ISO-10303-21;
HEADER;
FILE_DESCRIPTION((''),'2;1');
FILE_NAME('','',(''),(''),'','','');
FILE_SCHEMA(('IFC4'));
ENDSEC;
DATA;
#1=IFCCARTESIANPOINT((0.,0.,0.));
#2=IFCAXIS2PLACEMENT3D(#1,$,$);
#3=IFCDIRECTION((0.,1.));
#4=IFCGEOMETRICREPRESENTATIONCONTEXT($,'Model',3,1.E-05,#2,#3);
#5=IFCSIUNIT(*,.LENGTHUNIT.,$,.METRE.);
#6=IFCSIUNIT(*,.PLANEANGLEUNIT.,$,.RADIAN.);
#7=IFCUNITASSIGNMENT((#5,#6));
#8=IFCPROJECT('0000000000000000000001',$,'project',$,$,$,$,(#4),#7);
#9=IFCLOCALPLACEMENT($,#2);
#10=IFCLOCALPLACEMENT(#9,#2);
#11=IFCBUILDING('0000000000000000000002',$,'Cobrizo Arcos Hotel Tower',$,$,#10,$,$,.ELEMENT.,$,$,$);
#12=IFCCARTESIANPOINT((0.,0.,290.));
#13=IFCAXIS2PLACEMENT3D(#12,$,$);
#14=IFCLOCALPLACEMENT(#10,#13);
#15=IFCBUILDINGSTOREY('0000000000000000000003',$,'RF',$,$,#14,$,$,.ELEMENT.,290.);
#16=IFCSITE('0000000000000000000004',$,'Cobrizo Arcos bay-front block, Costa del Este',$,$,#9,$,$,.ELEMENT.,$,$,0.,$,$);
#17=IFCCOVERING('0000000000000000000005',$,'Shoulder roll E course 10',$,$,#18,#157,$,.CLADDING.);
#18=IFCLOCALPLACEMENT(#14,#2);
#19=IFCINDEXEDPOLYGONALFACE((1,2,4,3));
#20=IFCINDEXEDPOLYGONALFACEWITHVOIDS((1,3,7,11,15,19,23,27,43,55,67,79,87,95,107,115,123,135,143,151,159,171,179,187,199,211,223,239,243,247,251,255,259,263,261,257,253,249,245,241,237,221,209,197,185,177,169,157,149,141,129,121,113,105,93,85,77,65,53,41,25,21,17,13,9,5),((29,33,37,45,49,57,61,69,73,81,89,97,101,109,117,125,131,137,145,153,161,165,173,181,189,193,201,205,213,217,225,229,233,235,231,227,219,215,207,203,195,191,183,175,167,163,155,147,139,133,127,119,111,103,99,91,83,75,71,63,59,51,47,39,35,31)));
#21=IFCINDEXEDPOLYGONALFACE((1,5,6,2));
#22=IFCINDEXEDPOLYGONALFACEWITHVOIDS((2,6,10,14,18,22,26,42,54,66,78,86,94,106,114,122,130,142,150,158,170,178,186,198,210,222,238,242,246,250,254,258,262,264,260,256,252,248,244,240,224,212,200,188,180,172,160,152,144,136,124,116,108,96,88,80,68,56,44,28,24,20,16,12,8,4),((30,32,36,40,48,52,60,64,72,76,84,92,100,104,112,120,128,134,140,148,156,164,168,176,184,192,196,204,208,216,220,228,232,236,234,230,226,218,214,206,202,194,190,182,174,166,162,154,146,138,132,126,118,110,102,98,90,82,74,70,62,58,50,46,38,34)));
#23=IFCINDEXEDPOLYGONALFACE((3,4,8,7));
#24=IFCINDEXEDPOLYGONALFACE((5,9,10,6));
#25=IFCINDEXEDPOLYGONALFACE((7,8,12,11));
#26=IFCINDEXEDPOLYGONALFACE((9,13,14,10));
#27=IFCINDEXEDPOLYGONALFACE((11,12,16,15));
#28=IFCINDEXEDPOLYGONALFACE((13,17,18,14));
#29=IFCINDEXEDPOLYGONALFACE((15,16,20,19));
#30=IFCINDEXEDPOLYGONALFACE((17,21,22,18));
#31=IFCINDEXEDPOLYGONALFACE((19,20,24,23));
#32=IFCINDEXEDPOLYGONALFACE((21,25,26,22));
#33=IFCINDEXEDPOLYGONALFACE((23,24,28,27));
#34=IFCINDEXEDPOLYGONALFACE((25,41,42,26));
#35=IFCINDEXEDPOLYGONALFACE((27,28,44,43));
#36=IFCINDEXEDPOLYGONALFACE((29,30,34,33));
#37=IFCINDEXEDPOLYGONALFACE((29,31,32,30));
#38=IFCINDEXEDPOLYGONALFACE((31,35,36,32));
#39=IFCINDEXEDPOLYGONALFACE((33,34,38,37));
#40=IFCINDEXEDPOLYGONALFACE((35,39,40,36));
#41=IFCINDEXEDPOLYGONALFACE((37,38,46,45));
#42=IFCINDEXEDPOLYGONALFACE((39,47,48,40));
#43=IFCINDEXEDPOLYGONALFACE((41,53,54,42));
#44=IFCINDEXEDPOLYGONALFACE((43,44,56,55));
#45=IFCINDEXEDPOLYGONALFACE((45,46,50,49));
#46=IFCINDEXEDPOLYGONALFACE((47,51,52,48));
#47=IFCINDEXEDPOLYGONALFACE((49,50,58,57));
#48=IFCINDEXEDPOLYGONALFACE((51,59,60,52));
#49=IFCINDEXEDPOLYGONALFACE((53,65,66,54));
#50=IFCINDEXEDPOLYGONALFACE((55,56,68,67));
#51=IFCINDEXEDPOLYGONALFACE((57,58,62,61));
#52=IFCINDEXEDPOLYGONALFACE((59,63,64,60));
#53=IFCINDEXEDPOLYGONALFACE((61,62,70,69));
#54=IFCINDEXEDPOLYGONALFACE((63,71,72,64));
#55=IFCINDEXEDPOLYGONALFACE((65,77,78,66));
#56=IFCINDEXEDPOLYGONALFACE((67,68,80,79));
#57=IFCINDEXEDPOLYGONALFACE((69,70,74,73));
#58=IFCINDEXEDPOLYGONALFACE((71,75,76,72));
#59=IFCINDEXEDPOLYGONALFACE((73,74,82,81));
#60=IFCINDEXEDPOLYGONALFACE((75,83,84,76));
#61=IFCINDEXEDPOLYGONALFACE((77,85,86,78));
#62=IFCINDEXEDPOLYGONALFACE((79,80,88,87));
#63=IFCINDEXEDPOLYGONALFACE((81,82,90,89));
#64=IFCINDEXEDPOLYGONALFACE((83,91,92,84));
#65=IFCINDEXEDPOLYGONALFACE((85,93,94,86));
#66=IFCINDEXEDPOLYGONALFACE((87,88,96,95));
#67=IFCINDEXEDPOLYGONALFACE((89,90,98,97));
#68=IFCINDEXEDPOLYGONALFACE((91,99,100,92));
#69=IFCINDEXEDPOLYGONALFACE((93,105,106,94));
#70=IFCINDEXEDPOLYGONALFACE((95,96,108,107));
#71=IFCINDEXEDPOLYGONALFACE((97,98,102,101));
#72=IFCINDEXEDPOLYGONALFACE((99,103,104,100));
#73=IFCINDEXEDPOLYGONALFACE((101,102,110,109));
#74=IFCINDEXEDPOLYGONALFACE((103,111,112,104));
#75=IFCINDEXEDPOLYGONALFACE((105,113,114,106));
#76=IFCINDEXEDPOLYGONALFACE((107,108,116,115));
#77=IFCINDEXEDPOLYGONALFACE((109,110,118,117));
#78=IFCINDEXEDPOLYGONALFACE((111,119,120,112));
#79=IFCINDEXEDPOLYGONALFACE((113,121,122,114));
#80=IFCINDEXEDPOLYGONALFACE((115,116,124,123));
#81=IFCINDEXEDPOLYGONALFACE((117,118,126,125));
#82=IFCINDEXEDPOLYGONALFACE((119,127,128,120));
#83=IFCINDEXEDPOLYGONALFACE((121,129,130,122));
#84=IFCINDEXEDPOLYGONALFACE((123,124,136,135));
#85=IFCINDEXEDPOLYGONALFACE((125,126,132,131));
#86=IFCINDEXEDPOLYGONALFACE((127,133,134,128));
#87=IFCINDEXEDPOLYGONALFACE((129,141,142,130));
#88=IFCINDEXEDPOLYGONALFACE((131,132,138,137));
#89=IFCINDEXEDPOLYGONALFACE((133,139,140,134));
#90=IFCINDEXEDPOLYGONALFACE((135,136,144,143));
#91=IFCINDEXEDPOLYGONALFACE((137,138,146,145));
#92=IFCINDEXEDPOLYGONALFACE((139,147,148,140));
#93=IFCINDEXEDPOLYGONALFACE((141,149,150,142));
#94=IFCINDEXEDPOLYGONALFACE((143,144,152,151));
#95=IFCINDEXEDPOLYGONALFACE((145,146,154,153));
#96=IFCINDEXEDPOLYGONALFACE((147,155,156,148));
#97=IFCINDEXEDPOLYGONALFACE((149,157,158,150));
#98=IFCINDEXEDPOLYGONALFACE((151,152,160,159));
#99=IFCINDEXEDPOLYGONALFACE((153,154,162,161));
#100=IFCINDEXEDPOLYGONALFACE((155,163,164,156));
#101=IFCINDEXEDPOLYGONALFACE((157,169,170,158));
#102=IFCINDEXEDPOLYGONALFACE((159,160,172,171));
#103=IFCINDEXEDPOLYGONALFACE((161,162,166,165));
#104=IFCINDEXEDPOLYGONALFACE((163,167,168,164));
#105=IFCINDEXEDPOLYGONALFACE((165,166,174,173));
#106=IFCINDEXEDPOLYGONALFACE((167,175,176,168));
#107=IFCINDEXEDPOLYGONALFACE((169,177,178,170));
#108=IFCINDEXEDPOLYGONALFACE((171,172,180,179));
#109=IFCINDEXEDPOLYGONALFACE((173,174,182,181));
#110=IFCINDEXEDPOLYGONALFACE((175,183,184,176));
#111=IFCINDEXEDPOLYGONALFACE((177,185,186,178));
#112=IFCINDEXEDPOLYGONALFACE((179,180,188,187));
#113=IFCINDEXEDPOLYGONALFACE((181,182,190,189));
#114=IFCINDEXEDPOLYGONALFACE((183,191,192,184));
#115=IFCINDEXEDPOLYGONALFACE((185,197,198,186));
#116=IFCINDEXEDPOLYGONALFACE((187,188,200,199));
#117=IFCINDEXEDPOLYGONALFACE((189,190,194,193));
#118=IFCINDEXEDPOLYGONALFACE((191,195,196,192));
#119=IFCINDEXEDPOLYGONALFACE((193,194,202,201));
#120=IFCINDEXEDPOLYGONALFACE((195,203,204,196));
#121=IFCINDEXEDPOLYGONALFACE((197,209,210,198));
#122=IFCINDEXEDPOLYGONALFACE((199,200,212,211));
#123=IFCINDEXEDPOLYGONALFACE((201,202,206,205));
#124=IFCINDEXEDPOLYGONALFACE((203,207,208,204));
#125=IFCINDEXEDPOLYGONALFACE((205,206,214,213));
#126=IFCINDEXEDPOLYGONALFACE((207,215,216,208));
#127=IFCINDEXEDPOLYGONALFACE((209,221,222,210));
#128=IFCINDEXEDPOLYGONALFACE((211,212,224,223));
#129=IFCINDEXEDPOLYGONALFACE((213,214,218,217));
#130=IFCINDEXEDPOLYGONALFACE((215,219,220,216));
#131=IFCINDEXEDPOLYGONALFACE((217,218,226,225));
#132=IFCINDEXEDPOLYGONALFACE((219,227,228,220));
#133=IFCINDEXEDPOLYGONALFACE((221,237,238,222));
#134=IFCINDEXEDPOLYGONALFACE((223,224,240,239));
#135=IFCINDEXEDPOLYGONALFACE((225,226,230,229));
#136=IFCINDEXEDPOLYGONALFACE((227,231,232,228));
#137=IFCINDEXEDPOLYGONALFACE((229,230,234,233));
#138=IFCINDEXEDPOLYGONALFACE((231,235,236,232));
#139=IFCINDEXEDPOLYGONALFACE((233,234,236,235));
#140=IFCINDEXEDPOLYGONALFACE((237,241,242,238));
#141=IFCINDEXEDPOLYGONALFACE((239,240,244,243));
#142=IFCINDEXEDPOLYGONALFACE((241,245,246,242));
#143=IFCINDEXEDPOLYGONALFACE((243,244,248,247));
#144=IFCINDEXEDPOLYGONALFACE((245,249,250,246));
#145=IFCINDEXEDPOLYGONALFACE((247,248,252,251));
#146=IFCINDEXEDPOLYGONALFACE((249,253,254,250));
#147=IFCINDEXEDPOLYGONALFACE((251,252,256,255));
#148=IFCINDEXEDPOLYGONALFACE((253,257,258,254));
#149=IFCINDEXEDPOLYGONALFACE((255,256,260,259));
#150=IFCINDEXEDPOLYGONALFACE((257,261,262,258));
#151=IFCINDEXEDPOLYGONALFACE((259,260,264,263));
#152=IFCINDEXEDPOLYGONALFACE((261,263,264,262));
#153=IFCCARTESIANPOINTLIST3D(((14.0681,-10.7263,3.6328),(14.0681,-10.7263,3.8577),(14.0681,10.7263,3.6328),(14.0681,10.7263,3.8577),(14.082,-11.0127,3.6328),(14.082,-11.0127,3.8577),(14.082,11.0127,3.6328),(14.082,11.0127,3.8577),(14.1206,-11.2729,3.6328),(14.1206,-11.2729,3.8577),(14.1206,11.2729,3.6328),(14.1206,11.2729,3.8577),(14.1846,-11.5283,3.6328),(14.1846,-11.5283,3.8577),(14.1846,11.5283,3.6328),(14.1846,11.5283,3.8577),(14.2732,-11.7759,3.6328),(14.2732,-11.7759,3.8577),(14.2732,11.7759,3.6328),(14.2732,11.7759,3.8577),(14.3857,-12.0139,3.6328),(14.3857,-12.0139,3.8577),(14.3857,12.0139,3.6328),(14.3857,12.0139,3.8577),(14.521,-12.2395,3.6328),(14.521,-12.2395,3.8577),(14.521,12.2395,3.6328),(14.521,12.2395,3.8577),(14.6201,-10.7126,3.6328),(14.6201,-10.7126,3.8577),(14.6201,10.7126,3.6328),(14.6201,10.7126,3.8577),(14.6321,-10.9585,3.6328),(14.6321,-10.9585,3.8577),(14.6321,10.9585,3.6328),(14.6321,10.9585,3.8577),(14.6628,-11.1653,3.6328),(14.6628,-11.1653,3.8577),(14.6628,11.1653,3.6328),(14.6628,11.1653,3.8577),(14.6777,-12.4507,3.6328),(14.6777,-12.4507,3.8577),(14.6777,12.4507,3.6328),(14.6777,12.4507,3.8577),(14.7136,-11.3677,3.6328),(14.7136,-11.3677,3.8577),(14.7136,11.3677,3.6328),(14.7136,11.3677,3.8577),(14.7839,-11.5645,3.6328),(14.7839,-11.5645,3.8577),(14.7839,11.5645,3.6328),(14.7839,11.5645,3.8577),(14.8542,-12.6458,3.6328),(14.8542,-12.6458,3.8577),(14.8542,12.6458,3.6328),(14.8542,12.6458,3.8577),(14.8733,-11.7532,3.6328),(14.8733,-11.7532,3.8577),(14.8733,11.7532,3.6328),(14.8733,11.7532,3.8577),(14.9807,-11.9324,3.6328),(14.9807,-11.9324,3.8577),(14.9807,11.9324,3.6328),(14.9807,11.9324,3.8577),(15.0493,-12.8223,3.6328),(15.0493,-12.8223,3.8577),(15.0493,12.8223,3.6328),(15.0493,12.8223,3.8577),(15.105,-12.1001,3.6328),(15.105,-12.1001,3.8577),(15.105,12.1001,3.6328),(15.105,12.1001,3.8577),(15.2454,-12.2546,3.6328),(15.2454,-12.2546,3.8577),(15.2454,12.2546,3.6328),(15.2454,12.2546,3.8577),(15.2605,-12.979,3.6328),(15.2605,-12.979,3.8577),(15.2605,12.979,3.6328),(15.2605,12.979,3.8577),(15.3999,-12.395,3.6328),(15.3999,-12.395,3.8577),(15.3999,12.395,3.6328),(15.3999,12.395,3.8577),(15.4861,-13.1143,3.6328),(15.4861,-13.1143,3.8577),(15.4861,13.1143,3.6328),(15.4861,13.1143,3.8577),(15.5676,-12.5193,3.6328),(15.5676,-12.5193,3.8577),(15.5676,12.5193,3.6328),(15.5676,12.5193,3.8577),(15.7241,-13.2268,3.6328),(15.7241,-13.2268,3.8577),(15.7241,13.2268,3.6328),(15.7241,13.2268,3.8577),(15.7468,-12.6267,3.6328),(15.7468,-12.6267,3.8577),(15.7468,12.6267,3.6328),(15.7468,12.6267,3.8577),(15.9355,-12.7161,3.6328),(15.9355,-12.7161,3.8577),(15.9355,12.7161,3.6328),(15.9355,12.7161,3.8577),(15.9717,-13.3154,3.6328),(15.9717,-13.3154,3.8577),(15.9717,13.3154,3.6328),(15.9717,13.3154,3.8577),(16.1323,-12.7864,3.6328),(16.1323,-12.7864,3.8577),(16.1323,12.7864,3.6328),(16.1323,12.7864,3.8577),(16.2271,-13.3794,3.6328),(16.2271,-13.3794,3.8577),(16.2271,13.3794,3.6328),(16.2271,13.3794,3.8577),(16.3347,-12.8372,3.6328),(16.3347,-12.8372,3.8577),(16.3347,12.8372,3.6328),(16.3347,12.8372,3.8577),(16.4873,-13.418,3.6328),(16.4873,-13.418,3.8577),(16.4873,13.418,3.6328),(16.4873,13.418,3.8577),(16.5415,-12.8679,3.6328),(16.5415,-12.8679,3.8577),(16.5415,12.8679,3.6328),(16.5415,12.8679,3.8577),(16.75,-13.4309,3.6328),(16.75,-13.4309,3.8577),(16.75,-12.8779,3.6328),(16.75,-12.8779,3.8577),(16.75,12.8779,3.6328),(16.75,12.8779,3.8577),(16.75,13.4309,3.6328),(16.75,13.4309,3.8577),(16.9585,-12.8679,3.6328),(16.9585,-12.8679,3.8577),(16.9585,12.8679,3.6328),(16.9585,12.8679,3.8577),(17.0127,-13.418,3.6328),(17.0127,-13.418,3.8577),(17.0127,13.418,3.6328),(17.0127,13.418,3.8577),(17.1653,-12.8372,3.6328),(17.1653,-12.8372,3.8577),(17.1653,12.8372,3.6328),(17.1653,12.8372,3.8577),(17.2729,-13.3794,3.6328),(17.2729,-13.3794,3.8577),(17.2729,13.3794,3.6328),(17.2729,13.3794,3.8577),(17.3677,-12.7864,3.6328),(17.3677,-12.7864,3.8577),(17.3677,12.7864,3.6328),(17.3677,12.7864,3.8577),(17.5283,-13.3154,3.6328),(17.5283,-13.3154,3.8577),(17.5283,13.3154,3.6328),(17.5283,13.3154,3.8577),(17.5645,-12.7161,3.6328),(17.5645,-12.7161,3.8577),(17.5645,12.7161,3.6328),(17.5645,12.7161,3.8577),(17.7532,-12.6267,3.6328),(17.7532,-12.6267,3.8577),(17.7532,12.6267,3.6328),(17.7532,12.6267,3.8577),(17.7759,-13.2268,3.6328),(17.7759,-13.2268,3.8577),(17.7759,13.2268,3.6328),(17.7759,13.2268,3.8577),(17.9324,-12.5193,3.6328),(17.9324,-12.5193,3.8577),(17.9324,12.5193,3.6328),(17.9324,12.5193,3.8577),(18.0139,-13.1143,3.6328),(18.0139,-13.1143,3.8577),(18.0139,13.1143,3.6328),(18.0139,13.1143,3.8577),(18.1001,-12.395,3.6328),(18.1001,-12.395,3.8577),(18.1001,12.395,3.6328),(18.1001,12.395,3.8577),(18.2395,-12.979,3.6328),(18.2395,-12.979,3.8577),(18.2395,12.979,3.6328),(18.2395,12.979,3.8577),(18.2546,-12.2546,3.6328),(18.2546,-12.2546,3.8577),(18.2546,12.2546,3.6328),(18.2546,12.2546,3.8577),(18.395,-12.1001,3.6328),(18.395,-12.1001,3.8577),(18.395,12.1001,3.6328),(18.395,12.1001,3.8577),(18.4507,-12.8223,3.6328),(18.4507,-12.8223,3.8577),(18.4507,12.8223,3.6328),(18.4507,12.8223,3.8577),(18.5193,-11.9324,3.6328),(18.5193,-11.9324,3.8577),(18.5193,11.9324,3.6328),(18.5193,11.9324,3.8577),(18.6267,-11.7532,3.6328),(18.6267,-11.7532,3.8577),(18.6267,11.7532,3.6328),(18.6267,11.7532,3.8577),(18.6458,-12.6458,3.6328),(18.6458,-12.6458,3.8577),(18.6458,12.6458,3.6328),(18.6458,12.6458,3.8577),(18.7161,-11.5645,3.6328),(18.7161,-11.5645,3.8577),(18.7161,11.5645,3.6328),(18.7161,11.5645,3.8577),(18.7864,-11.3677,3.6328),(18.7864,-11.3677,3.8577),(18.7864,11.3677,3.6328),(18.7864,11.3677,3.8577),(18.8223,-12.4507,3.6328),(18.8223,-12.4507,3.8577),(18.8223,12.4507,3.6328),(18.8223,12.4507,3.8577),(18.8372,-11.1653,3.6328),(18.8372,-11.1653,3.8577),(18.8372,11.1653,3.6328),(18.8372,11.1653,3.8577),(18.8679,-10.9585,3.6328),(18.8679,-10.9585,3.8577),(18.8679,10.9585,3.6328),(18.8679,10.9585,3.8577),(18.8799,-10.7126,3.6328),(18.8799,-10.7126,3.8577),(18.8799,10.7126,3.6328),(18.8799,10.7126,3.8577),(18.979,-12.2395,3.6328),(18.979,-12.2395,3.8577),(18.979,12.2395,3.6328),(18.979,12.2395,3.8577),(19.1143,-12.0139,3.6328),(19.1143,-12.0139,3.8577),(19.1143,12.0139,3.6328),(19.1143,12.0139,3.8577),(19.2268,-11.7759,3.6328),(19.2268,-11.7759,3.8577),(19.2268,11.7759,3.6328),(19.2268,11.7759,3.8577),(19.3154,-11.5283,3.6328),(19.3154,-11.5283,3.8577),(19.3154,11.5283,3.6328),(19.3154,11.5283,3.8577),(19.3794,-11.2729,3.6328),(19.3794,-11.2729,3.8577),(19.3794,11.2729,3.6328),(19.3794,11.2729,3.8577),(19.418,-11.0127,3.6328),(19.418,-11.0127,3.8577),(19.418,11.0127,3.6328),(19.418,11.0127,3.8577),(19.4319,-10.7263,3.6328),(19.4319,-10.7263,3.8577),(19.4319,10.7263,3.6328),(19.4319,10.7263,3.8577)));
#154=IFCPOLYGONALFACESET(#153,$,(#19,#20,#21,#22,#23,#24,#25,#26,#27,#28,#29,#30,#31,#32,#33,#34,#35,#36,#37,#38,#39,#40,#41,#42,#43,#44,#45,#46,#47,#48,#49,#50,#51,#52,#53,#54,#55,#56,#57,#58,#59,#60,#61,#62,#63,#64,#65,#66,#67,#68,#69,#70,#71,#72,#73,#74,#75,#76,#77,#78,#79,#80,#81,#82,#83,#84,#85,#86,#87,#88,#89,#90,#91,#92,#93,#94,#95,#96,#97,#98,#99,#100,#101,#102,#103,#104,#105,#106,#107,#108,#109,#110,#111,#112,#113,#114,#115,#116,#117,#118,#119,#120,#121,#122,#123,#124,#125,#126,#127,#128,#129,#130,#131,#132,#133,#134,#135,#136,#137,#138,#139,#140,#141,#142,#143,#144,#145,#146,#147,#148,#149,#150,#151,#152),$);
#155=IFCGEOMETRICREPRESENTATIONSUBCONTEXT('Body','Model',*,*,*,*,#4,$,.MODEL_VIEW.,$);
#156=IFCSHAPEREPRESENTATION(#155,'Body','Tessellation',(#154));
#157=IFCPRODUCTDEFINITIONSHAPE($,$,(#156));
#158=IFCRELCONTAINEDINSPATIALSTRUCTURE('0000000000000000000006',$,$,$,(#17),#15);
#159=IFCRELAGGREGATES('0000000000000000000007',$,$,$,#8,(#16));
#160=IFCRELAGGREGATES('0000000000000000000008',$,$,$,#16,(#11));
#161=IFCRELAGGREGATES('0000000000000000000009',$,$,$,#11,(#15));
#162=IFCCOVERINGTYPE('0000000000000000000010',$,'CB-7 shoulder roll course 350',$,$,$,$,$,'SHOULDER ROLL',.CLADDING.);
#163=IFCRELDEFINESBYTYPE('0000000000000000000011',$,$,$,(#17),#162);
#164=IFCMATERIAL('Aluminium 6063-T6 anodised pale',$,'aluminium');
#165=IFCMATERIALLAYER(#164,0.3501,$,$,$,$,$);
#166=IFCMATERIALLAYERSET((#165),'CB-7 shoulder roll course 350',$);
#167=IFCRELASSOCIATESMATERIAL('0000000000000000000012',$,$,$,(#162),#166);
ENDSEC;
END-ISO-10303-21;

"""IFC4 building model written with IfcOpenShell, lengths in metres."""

from ifc_helpers import new_model, si_unit, direction, frame, origin, place, context, subcontext, project, spatial, polyline, outline, extrude, material, layer, layer_set, type_object, element, save


model = new_model("IFC4")

# Units and contexts
model_context = context("Model", 3, precision=1e-05, world=origin(), true_north=direction((0.0, 1.0)))
body_context = subcontext(model_context, "Body", "Model", "MODEL_VIEW")
ifc_project = project(units=[si_unit("LENGTHUNIT", "METRE"), si_unit("PLANEANGLEUNIT", "RADIAN")], contexts=[model_context])

# Site, building, storey
site_placement = place(None, origin())
site = spatial("IfcSite", under=ifc_project, at=site_placement, Name="Cobrizo Arcos bay-front block, Costa del Este", CompositionType="ELEMENT", RefElevation=0.0)
building_placement = place(site_placement, origin())
building = spatial("IfcBuilding", under=site, at=building_placement, Name="Cobrizo Arcos Hotel Tower", CompositionType="ELEMENT")
storey_placement = place(building_placement, frame((0.0, 0.0, 290.0)))
storey = spatial("IfcBuildingStorey", under=building, at=storey_placement, Name="RF", CompositionType="ELEMENT", Elevation=290.0)

# Covering
ifc_material_1 = material(Name="Aluminium 6063-T6 anodised pale", Category="aluminium")
ifc_layer_1 = layer(ifc_material_1, 0.3501)
ifc_layer_set_1 = layer_set([ifc_layer_1], Name="CB-7 shoulder roll course 350")
covering_type_1 = type_object("IfcCoveringType", Name="CB-7 shoulder roll course 350", ElementType="SHOULDER ROLL", PredefinedType="CLADDING", material=ifc_layer_set_1)
covering_1_placement = place(storey_placement, frame((0.0, 0.0, 3.6328)))
element("IfcCovering", 1, at=covering_1_placement, inside=storey, type_object=covering_type_1, Name="Shoulder roll E course 10", PredefinedType="CLADDING", context=body_context, shape_type="SweptSolid", body=[
    extrude(outline(polyline([(14.0681, 10.7263), (14.082, 11.0127), (14.1206, 11.2729), (14.1846, 11.5283), (14.2732, 11.7759), (14.3857, 12.0139), (14.521, 12.2395), (14.6777, 12.4507), (14.8542, 12.6458), (15.0493, 12.8223), (15.2605, 12.979), (15.4861, 13.1143), (15.7241, 13.2268), (15.9717, 13.3154), (16.2271, 13.3794), (16.4873, 13.418), (16.75, 13.4309), (17.0127, 13.418), (17.2729, 13.3794), (17.5283, 13.3154), (17.7759, 13.2268), (18.0139, 13.1143), (18.2395, 12.979), (18.4507, 12.8223), (18.6458, 12.6458), (18.8223, 12.4507), (18.979, 12.2395), (19.1143, 12.0139), (19.2268, 11.7759), (19.3154, 11.5283), (19.3794, 11.2729), (19.418, 11.0127), (19.4319, 10.7263), (19.4319, -10.7263), (19.418, -11.0127), (19.3794, -11.2729), (19.3154, -11.5283), (19.2268, -11.7759), (19.1143, -12.0139), (18.979, -12.2395), (18.8223, -12.4507), (18.6458, -12.6458), (18.4507, -12.8223), (18.2395, -12.979), (18.0139, -13.1143), (17.7759, -13.2268), (17.5283, -13.3154), (17.2729, -13.3794), (17.0127, -13.418), (16.75, -13.4309), (16.4873, -13.418), (16.2271, -13.3794), (15.9717, -13.3154), (15.7241, -13.2268), (15.4861, -13.1143), (15.2605, -12.979), (15.0493, -12.8223), (14.8542, -12.6458), (14.6777, -12.4507), (14.521, -12.2395), (14.3857, -12.0139), (14.2732, -11.7759), (14.1846, -11.5283), (14.1206, -11.2729), (14.082, -11.0127), (14.0681, -10.7263), (14.0681, 10.7263)]), holes=[polyline([(14.6201, 10.7126), (14.6321, 10.9585), (14.6628, 11.1653), (14.7136, 11.3677), (14.7839, 11.5645), (14.8733, 11.7532), (14.9807, 11.9324), (15.105, 12.1001), (15.2454, 12.2546), (15.3999, 12.395), (15.5676, 12.5193), (15.7468, 12.6267), (15.9355, 12.7161), (16.1323, 12.7864), (16.3347, 12.8372), (16.5415, 12.8679), (16.75, 12.8779), (16.9585, 12.8679), (17.1653, 12.8372), (17.3677, 12.7864), (17.5645, 12.7161), (17.7532, 12.6267), (17.9324, 12.5193), (18.1001, 12.395), (18.2546, 12.2546), (18.395, 12.1001), (18.5193, 11.9324), (18.6267, 11.7532), (18.7161, 11.5645), (18.7864, 11.3677), (18.8372, 11.1653), (18.8679, 10.9585), (18.8799, 10.7126), (18.8799, -10.7126), (18.8679, -10.9585), (18.8372, -11.1653), (18.7864, -11.3677), (18.7161, -11.5645), (18.6267, -11.7532), (18.5193, -11.9324), (18.395, -12.1001), (18.2546, -12.2546), (18.1001, -12.395), (17.9324, -12.5193), (17.7532, -12.6267), (17.5645, -12.7161), (17.3677, -12.7864), (17.1653, -12.8372), (16.9585, -12.8679), (16.75, -12.8779), (16.5415, -12.8679), (16.3347, -12.8372), (16.1323, -12.7864), (15.9355, -12.7161), (15.7468, -12.6267), (15.5676, -12.5193), (15.3999, -12.395), (15.2454, -12.2546), (15.105, -12.1001), (14.9807, -11.9324), (14.8733, -11.7532), (14.7839, -11.5645), (14.7136, -11.3677), (14.6628, -11.1653), (14.6321, -10.9585), (14.6201, -10.7126), (14.6201, 10.7126)])]), origin(), (0.0, 0.0, 1.0), 0.2249),
])

save(model, "model.ifc")
